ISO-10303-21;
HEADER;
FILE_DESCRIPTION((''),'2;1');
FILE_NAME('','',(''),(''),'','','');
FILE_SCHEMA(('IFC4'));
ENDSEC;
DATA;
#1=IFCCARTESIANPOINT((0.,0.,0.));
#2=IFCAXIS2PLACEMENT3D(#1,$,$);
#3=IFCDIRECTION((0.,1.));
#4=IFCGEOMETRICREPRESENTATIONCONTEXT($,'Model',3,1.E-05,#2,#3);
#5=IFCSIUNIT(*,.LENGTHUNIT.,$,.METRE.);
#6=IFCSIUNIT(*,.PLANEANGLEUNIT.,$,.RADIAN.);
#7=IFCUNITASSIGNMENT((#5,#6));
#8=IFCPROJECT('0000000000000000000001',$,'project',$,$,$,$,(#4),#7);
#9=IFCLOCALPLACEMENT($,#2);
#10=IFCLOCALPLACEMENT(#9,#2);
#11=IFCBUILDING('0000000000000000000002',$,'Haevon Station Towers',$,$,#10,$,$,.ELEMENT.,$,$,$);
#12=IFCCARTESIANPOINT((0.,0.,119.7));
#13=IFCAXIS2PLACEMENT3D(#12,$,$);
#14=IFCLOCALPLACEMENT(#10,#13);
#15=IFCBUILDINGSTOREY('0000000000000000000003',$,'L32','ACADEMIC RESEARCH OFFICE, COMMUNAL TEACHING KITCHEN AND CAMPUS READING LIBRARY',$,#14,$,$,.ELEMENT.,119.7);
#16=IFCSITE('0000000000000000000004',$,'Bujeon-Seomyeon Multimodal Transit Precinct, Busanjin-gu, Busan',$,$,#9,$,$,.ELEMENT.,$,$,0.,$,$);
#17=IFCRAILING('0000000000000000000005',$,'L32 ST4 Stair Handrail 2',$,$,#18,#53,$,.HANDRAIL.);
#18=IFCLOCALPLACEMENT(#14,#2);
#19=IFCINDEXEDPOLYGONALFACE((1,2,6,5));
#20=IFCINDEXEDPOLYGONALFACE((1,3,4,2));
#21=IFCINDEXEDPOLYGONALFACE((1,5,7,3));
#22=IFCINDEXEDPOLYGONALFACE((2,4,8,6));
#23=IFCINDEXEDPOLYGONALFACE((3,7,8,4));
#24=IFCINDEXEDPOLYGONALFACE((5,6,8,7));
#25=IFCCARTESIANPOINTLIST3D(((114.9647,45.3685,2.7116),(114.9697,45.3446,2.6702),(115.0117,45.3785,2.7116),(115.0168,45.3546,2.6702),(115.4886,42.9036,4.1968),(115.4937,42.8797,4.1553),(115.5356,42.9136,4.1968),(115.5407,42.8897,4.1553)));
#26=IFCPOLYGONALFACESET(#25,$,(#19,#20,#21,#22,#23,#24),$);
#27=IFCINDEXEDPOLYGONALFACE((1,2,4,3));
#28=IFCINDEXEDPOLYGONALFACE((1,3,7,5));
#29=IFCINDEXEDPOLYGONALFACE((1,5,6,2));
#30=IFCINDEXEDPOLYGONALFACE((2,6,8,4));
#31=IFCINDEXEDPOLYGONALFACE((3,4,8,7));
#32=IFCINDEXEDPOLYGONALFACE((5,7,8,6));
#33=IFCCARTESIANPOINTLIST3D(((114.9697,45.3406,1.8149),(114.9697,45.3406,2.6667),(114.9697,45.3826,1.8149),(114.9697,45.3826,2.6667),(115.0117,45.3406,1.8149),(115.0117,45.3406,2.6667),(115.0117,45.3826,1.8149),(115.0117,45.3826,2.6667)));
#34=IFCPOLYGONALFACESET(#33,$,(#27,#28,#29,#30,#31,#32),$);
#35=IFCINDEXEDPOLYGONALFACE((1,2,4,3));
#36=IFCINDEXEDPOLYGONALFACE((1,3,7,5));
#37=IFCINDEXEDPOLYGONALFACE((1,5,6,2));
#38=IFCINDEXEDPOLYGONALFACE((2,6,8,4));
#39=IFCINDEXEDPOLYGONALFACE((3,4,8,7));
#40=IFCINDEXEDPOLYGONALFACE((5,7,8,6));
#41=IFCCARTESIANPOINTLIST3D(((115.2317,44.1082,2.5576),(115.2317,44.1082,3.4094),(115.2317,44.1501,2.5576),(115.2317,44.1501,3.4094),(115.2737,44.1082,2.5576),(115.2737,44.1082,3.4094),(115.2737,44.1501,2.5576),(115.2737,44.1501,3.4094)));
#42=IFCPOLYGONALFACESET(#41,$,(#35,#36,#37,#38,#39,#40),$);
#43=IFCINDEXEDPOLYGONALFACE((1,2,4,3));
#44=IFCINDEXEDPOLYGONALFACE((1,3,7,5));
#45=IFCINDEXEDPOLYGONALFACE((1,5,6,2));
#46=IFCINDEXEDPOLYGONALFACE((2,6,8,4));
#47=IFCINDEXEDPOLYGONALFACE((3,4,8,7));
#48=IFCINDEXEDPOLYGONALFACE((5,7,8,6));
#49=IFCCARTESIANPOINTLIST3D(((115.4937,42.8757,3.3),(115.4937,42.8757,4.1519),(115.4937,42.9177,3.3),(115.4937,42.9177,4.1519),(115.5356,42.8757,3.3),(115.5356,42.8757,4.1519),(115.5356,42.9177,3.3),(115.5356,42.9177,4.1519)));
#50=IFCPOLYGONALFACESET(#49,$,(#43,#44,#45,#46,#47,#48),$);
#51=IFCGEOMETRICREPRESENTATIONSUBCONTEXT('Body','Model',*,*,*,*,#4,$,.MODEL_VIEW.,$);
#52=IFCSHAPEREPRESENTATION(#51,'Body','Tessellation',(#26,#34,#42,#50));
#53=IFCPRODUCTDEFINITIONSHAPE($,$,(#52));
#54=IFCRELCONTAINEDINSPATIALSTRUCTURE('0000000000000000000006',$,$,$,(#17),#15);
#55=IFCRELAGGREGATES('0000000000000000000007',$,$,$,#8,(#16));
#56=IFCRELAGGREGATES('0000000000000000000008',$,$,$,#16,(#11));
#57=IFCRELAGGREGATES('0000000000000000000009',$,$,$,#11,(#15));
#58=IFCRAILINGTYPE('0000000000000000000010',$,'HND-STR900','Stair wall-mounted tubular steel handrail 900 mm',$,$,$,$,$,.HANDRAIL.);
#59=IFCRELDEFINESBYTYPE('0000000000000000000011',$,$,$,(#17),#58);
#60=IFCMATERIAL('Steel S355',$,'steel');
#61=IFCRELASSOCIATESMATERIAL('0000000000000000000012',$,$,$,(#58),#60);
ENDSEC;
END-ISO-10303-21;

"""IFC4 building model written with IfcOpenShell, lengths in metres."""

from ifc_helpers import new_model, si_unit, direction, frame, origin, origin_2d, place, context, subcontext, project, spatial, rectangle, extrude, material, type_object, element, save


model = new_model("IFC4")

# Units and contexts
model_context = context("Model", 3, precision=1e-05, world=origin(), true_north=direction((0.0, 1.0)))
body_context = subcontext(model_context, "Body", "Model", "MODEL_VIEW")
ifc_project = project(units=[si_unit("LENGTHUNIT", "METRE"), si_unit("PLANEANGLEUNIT", "RADIAN")], contexts=[model_context])

# Site, building, storey
site_placement = place(None, origin())
site = spatial("IfcSite", under=ifc_project, at=site_placement, Name="Bujeon-Seomyeon Multimodal Transit Precinct, Busanjin-gu, Busan", CompositionType="ELEMENT", RefElevation=0.0)
building_placement = place(site_placement, origin())
building = spatial("IfcBuilding", under=site, at=building_placement, Name="Haevon Station Towers", CompositionType="ELEMENT")
storey_placement = place(building_placement, frame((0.0, 0.0, 119.7)))
storey = spatial("IfcBuildingStorey", under=building, at=storey_placement, Name="L32", Description="ACADEMIC RESEARCH OFFICE, COMMUNAL TEACHING KITCHEN AND CAMPUS READING LIBRARY", CompositionType="ELEMENT", Elevation=119.7)

# Shared definitions
ifc_material_1 = material(Name="Steel S355", Category="steel")

# Railing
railing_type_1 = type_object("IfcRailingType", Name="HND-STR900", Description="Stair wall-mounted tubular steel handrail 900 mm", PredefinedType="HANDRAIL", material=ifc_material_1)
railing_1_placement = place(storey_placement, frame((114.9907, 45.3616, 1.8149)))
element("IfcRailing", 1, at=railing_1_placement, inside=storey, type_object=railing_type_1, Name="L32 ST4 Stair Handrail 2", PredefinedType="HANDRAIL", context=body_context, shape_type="SweptSolid", body=[
    extrude(rectangle(XDim=0.0481, YDim=0.0481, at=origin_2d()), frame((0.0, 0.0, 0.876), z_axis=(0.179121, -0.842688, 0.507733), x_axis=(0.978147, 0.207914, 0.0)), (0.0, 0.0, 1.0), 2.925),
    extrude(rectangle(XDim=0.042, YDim=0.042, at=origin_2d()), origin(), (0.0, 0.0, 1.0), 0.8518),
    extrude(rectangle(XDim=0.042, YDim=0.042, at=origin_2d()), frame((0.262, -1.2324, 0.7427)), (0.0, 0.0, 1.0), 0.8518),
    extrude(rectangle(XDim=0.042, YDim=0.042, at=origin_2d()), frame((0.5239, -2.4648, 1.4851)), (0.0, 0.0, 1.0), 0.8518),
])

save(model, "model.ifc")
